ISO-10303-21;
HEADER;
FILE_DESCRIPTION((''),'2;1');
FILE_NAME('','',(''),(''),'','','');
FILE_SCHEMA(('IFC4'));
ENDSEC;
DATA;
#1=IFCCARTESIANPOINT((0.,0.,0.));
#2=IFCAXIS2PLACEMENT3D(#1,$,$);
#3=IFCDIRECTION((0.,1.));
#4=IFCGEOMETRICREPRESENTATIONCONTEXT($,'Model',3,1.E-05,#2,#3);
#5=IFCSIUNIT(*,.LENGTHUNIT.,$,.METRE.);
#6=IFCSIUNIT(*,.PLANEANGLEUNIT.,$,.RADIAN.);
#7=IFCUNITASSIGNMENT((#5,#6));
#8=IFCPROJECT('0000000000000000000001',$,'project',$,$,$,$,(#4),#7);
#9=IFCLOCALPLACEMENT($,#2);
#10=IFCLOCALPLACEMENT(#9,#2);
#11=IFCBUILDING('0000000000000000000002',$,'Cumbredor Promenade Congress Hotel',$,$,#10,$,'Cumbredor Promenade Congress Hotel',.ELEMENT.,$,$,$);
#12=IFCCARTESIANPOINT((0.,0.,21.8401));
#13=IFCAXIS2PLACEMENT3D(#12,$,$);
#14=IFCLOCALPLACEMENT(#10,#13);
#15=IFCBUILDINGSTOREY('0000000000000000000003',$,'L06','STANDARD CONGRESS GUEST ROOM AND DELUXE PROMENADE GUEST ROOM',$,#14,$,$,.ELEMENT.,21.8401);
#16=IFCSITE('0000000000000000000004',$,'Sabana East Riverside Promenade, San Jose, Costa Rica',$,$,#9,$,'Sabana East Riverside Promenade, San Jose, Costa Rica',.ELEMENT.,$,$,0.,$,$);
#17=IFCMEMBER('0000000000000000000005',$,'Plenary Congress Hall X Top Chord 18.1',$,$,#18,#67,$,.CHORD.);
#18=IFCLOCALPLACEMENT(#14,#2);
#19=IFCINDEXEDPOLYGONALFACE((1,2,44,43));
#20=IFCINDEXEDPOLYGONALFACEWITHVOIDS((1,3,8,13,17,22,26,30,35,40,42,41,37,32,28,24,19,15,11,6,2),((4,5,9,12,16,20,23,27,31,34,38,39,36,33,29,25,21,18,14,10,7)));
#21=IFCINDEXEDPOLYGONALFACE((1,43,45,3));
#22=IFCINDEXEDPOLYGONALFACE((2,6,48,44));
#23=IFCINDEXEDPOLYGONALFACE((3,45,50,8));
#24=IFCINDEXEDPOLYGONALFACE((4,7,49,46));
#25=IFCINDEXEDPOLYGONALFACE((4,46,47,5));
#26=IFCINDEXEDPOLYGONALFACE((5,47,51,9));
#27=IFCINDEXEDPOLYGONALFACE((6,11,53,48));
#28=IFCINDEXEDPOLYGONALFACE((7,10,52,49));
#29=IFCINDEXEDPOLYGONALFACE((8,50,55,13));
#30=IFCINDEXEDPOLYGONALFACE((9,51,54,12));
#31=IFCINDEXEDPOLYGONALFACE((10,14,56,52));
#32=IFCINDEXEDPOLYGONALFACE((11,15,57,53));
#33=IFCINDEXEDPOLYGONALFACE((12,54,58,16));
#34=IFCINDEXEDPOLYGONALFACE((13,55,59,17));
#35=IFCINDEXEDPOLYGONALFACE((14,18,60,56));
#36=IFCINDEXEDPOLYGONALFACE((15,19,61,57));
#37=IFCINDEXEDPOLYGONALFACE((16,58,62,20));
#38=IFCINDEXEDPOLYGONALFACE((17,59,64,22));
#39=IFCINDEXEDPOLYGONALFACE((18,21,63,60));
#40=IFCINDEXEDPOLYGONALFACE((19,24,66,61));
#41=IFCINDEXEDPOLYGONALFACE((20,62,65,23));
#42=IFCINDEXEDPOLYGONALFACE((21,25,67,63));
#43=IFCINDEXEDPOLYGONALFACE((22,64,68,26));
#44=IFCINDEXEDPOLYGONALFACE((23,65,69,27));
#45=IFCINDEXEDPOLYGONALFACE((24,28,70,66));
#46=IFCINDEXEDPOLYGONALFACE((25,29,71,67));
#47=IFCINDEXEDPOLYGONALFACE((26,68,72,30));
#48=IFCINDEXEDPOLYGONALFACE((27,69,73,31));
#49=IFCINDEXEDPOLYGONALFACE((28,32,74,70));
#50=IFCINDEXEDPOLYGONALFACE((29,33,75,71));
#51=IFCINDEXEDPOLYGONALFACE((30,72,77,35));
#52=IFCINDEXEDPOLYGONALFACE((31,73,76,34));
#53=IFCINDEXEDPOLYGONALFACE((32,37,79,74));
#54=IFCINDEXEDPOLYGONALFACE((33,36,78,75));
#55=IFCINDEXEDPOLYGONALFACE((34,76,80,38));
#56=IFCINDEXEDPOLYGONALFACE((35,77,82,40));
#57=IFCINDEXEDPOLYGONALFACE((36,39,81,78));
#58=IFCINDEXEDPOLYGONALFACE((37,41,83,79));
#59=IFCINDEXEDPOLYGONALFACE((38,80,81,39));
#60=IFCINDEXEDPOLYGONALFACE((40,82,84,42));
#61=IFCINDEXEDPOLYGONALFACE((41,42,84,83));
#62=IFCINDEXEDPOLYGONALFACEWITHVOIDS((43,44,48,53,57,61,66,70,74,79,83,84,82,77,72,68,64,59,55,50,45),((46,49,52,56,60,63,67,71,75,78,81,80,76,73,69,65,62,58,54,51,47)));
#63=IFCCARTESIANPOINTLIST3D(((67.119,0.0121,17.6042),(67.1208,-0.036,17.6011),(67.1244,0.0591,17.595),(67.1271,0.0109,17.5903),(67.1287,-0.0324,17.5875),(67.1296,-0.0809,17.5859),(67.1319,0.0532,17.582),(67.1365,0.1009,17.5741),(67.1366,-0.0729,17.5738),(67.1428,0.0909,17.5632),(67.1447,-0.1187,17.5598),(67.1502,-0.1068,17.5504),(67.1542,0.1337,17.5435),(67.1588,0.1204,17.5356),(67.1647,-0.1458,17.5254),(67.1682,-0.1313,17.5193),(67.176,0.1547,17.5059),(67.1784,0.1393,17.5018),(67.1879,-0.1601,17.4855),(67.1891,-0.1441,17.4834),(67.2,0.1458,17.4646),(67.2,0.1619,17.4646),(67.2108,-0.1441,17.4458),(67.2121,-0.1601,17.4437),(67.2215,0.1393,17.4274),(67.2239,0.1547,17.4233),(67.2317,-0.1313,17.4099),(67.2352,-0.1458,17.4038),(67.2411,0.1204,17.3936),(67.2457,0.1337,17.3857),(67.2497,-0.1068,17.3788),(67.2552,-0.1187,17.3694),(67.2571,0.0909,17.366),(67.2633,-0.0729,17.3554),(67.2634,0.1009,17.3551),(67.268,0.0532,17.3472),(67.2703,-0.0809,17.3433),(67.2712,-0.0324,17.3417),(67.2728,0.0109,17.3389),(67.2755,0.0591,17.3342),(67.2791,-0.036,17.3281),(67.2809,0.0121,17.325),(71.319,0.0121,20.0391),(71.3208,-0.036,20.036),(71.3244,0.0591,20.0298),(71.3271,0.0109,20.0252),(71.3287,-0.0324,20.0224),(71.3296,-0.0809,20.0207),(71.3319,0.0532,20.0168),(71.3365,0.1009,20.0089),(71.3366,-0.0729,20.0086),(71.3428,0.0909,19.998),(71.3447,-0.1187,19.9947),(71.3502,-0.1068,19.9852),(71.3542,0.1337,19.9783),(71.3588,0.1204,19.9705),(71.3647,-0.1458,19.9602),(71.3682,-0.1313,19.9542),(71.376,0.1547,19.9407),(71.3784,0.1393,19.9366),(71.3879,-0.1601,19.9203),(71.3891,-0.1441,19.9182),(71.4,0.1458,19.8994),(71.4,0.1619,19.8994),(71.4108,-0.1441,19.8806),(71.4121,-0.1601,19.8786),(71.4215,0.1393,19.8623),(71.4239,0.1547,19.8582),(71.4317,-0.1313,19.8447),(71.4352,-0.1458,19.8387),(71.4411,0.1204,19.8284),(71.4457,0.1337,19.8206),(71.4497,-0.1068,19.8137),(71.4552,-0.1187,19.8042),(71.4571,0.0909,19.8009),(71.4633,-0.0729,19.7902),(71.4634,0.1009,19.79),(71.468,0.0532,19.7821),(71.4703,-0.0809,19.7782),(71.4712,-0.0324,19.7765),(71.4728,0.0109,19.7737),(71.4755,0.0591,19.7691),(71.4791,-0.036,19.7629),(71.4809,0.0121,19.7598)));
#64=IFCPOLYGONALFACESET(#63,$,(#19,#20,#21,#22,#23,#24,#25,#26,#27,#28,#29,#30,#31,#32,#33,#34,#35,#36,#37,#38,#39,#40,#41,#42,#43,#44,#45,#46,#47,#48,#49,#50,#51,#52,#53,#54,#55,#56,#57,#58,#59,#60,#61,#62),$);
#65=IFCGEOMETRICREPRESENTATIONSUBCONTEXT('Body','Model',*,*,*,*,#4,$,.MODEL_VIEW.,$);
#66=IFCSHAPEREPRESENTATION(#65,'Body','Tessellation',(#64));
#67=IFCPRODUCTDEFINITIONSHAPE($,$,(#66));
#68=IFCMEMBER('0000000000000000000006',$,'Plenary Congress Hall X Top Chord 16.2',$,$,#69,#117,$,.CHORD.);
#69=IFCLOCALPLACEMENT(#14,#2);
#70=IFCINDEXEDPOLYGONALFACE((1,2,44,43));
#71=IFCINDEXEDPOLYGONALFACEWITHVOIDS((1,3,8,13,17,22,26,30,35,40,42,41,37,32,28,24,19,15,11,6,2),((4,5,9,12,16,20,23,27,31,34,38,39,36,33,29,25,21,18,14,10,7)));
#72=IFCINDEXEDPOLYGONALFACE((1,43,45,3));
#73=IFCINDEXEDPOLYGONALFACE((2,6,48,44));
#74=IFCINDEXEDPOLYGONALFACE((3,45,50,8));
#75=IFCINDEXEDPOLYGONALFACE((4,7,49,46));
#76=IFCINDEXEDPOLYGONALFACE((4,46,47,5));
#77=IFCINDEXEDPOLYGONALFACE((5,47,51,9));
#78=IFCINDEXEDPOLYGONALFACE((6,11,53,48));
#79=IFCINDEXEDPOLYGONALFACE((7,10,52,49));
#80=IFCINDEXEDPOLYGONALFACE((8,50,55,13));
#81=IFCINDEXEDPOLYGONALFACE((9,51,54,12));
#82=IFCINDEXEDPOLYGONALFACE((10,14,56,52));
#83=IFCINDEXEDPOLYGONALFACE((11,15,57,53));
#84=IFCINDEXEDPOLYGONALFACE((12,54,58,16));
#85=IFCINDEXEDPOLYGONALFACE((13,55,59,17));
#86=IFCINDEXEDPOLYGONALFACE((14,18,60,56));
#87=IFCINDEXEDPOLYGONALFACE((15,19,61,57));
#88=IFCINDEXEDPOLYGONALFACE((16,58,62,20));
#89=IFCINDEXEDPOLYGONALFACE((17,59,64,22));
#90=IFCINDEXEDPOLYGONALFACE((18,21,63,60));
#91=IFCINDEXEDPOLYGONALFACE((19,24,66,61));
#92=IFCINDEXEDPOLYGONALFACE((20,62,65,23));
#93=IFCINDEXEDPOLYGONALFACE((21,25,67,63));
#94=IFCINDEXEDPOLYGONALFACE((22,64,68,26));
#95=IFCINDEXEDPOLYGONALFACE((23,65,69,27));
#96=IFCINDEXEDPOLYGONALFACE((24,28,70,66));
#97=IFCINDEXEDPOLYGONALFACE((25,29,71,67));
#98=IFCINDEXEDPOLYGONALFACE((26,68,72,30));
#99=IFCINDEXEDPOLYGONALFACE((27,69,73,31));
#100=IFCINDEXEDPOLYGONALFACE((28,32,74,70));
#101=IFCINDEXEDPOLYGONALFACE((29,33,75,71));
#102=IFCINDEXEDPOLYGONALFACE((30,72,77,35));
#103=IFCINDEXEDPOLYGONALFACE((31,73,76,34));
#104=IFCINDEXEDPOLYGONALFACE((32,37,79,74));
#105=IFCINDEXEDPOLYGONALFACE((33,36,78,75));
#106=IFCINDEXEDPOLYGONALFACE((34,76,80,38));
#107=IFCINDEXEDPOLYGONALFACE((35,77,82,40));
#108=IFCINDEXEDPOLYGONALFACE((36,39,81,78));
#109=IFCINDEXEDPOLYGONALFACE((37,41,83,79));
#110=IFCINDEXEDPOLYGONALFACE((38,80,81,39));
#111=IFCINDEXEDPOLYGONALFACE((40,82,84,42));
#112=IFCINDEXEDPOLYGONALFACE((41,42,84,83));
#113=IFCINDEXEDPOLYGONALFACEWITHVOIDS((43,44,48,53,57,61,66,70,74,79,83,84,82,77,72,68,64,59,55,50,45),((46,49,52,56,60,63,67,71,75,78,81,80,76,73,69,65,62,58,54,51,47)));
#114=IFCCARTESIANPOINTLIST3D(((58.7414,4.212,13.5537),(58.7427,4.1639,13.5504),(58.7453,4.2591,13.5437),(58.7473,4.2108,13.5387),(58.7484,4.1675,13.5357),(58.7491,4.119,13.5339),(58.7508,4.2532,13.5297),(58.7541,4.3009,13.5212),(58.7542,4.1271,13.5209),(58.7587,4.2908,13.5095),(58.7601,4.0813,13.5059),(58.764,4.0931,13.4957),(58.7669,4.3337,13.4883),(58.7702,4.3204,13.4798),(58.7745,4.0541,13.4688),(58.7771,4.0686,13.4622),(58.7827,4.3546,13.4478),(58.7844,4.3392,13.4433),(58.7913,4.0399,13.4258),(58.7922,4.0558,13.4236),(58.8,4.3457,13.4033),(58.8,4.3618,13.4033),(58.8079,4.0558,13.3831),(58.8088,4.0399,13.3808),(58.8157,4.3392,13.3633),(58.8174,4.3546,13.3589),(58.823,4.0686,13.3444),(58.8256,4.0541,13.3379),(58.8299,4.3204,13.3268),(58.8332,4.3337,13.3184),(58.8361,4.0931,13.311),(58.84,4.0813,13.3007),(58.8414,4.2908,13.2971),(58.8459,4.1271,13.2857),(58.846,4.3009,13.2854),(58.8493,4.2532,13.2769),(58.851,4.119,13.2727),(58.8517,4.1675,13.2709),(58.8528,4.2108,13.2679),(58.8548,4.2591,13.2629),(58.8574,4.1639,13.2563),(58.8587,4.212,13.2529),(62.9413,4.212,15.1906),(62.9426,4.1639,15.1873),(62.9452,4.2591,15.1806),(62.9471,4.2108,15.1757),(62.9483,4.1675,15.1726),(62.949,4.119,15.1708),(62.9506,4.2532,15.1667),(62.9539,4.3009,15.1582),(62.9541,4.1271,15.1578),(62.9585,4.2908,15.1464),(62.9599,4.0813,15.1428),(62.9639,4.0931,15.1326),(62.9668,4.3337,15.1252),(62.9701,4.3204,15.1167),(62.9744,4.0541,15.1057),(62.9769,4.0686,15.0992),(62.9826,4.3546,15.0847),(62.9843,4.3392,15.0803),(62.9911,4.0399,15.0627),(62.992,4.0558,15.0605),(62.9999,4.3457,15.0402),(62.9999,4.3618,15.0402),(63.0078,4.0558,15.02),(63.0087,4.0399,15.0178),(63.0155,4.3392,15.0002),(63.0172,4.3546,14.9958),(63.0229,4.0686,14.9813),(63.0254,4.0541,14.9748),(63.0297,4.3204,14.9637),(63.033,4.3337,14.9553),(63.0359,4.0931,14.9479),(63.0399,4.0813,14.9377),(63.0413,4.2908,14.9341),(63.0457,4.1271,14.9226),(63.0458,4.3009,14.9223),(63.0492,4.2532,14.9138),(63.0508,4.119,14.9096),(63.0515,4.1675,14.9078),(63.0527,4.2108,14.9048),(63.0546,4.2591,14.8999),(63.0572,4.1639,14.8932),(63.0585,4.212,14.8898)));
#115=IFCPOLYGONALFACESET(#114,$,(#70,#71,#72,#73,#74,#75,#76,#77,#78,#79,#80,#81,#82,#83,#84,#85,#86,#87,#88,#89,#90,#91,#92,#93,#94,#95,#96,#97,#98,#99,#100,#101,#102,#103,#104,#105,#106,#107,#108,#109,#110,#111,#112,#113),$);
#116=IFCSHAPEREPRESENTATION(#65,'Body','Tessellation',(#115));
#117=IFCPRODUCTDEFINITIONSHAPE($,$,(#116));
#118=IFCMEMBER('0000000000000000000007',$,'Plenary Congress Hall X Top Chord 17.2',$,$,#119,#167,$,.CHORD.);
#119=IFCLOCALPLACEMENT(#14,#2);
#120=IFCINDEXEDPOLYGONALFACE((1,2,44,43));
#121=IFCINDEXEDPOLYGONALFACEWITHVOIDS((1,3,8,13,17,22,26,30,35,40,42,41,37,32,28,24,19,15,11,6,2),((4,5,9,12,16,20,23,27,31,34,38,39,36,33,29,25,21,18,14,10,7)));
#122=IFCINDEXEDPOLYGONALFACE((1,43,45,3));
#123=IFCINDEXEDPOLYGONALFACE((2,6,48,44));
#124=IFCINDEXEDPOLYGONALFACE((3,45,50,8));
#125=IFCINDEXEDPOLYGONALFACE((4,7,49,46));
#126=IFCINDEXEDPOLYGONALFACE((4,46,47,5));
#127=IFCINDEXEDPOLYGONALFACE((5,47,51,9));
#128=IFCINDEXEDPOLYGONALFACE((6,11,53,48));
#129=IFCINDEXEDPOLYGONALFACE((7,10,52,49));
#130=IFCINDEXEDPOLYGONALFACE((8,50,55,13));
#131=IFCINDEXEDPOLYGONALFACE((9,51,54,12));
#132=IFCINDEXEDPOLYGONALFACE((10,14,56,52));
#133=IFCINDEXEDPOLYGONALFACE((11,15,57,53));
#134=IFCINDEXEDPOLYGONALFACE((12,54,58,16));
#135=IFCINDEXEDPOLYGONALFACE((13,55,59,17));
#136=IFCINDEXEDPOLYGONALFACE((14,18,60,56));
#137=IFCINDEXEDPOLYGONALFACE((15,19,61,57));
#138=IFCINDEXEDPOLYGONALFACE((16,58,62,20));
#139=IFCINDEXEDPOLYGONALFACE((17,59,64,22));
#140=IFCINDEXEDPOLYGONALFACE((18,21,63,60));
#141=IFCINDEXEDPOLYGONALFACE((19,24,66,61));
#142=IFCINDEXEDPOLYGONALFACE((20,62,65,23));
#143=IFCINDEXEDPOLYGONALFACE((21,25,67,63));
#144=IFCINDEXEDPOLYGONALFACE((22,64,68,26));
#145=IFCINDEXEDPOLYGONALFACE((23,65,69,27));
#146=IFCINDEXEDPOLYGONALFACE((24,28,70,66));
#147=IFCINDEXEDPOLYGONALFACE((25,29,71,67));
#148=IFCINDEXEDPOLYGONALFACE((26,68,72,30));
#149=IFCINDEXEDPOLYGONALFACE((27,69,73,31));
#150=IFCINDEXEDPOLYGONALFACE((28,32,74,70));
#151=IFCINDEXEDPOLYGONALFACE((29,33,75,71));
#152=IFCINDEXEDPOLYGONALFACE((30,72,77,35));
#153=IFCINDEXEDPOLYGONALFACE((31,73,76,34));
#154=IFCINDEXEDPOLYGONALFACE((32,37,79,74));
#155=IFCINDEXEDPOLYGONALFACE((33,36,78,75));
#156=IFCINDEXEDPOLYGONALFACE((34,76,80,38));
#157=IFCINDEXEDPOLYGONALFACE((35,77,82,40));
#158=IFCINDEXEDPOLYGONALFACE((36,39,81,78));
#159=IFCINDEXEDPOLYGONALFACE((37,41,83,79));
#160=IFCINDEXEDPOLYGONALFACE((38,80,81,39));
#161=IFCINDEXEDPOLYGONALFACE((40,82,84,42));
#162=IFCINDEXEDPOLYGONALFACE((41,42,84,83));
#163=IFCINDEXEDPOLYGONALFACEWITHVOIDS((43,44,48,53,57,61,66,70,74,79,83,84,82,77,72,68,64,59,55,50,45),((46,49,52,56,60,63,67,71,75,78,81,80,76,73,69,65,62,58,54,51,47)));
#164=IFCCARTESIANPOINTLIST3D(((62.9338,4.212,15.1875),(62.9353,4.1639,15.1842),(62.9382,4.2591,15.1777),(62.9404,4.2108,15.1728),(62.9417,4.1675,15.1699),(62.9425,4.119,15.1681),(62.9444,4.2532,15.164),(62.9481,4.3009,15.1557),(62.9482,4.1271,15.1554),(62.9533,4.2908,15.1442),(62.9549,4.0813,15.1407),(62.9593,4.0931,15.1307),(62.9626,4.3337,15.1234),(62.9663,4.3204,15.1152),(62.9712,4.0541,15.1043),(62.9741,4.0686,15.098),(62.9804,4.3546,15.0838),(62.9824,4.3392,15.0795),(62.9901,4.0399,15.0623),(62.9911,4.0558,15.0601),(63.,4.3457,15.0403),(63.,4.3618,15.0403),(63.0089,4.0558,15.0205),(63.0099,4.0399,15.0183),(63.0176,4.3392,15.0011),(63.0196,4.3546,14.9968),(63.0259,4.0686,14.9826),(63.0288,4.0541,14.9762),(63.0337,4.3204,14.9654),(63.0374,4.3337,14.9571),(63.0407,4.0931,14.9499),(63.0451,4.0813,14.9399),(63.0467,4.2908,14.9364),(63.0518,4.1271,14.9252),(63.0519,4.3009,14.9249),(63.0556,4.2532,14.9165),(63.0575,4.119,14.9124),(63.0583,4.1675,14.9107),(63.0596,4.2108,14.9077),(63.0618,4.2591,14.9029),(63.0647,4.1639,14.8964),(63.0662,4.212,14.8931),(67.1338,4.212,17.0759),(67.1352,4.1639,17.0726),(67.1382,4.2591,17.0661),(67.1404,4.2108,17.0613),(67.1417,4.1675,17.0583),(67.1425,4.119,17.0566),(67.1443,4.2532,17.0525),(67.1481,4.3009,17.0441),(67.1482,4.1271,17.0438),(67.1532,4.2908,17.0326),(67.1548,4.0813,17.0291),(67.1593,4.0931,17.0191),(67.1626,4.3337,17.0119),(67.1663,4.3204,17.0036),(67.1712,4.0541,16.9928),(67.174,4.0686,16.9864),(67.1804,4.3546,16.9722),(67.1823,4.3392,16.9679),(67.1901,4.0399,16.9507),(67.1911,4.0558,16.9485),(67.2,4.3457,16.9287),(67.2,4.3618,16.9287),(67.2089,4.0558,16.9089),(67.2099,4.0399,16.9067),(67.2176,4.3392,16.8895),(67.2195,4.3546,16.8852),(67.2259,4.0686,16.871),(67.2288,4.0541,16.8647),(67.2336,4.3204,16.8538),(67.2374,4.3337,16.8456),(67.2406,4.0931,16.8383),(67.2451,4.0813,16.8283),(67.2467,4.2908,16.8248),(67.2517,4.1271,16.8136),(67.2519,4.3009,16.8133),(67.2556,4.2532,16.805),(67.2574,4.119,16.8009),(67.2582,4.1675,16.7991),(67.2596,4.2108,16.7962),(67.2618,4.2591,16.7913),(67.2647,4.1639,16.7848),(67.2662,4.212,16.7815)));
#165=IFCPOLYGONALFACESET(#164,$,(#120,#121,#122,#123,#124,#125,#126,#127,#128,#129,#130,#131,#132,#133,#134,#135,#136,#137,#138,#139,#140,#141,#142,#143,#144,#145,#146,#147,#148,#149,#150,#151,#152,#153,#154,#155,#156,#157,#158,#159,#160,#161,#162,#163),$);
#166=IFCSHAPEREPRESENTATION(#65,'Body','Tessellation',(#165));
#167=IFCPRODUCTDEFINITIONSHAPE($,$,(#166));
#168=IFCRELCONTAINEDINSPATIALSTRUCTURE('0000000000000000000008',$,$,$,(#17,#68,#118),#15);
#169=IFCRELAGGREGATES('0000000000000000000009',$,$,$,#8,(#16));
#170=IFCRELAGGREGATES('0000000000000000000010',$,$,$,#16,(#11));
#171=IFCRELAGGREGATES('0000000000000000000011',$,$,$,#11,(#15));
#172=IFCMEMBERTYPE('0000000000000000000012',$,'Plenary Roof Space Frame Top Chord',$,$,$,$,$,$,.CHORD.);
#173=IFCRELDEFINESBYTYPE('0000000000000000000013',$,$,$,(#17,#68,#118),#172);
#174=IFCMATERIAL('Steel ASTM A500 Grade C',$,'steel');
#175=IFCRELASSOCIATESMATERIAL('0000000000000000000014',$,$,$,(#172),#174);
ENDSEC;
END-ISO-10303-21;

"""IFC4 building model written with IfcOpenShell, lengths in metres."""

from ifc_helpers import new_model, si_unit, direction, frame, origin, origin_2d, place, context, subcontext, project, spatial, hollow_circle, extrude, material, material_profile, profile_set, type_object, element, save


model = new_model("IFC4")

# Units and contexts
model_context = context("Model", 3, precision=1e-05, world=origin(), true_north=direction((0.0, 1.0)))
body_context = subcontext(model_context, "Body", "Model", "MODEL_VIEW")
ifc_project = project(units=[si_unit("LENGTHUNIT", "METRE"), si_unit("PLANEANGLEUNIT", "RADIAN")], contexts=[model_context])

# Site, building, storey
site_placement = place(None, origin())
site = spatial("IfcSite", under=ifc_project, at=site_placement, Name="Sabana East Riverside Promenade, San Jose, Costa Rica", LongName="Sabana East Riverside Promenade, San Jose, Costa Rica", CompositionType="ELEMENT", RefElevation=0.0)
building_placement = place(site_placement, origin())
building = spatial("IfcBuilding", under=site, at=building_placement, Name="Cumbredor Promenade Congress Hotel", LongName="Cumbredor Promenade Congress Hotel", CompositionType="ELEMENT")
storey_placement = place(building_placement, frame((0.0, 0.0, 21.8401)))
storey = spatial("IfcBuildingStorey", under=building, at=storey_placement, Name="L06", Description="STANDARD CONGRESS GUEST ROOM AND DELUXE PROMENADE GUEST ROOM", CompositionType="ELEMENT", Elevation=21.8401)

# Members
ifc_material_1 = material(Name="Steel ASTM A500 Grade C", Category="steel")
ifc_material_profile_1 = material_profile(ifc_material_1, hollow_circle(Radius=0.1619, WallThickness=0.0161, at=origin_2d()), Name="CHS 323.9x16")
ifc_profile_set_1 = profile_set([ifc_material_profile_1], Name="Steel ASTM A500 Grade C")
member_type_1 = type_object("IfcMemberType", Name="Plenary Roof Space Frame Top Chord", PredefinedType="CHORD", material=ifc_profile_set_1)
member_1_placement = place(storey_placement, frame((67.2, 0.0, 17.4646), z_axis=(0.865135, 0.0, 0.50154), x_axis=(0.0, 1.0, 0.0)))
element("IfcMember", 1, at=member_1_placement, inside=storey, type_object=member_type_1, Name="Plenary Congress Hall X Top Chord 18.1", PredefinedType="CHORD", context=body_context, shape_type="SweptSolid", body=[
    extrude(hollow_circle(Radius=0.1619, WallThickness=0.0161, at=origin_2d()), origin(), (0.0, 0.0, 1.0), 4.8547),
])
member_2_placement = place(storey_placement, frame((58.8, 4.2, 13.4033), z_axis=(0.931731, 0.0, 0.363149), x_axis=(0.0, 1.0, 0.0)))
element("IfcMember", 2, at=member_2_placement, inside=storey, type_object=member_type_1, Name="Plenary Congress Hall X Top Chord 16.2", PredefinedType="CHORD", context=body_context, shape_type="SweptSolid", body=[
    extrude(hollow_circle(Radius=0.1619, WallThickness=0.0161, at=origin_2d()), origin(), (0.0, 0.0, 1.0), 4.5076),
])
member_3_placement = place(storey_placement, frame((63.0, 4.2, 15.0403), z_axis=(0.912047, 0.0, 0.410085), x_axis=(0.0, 1.0, 0.0)))
element("IfcMember", 3, at=member_3_placement, inside=storey, type_object=member_type_1, Name="Plenary Congress Hall X Top Chord 17.2", PredefinedType="CHORD", context=body_context, shape_type="SweptSolid", body=[
    extrude(hollow_circle(Radius=0.1619, WallThickness=0.0161, at=origin_2d()), origin(), (0.0, 0.0, 1.0), 4.605),
])

save(model, "model.ifc")
